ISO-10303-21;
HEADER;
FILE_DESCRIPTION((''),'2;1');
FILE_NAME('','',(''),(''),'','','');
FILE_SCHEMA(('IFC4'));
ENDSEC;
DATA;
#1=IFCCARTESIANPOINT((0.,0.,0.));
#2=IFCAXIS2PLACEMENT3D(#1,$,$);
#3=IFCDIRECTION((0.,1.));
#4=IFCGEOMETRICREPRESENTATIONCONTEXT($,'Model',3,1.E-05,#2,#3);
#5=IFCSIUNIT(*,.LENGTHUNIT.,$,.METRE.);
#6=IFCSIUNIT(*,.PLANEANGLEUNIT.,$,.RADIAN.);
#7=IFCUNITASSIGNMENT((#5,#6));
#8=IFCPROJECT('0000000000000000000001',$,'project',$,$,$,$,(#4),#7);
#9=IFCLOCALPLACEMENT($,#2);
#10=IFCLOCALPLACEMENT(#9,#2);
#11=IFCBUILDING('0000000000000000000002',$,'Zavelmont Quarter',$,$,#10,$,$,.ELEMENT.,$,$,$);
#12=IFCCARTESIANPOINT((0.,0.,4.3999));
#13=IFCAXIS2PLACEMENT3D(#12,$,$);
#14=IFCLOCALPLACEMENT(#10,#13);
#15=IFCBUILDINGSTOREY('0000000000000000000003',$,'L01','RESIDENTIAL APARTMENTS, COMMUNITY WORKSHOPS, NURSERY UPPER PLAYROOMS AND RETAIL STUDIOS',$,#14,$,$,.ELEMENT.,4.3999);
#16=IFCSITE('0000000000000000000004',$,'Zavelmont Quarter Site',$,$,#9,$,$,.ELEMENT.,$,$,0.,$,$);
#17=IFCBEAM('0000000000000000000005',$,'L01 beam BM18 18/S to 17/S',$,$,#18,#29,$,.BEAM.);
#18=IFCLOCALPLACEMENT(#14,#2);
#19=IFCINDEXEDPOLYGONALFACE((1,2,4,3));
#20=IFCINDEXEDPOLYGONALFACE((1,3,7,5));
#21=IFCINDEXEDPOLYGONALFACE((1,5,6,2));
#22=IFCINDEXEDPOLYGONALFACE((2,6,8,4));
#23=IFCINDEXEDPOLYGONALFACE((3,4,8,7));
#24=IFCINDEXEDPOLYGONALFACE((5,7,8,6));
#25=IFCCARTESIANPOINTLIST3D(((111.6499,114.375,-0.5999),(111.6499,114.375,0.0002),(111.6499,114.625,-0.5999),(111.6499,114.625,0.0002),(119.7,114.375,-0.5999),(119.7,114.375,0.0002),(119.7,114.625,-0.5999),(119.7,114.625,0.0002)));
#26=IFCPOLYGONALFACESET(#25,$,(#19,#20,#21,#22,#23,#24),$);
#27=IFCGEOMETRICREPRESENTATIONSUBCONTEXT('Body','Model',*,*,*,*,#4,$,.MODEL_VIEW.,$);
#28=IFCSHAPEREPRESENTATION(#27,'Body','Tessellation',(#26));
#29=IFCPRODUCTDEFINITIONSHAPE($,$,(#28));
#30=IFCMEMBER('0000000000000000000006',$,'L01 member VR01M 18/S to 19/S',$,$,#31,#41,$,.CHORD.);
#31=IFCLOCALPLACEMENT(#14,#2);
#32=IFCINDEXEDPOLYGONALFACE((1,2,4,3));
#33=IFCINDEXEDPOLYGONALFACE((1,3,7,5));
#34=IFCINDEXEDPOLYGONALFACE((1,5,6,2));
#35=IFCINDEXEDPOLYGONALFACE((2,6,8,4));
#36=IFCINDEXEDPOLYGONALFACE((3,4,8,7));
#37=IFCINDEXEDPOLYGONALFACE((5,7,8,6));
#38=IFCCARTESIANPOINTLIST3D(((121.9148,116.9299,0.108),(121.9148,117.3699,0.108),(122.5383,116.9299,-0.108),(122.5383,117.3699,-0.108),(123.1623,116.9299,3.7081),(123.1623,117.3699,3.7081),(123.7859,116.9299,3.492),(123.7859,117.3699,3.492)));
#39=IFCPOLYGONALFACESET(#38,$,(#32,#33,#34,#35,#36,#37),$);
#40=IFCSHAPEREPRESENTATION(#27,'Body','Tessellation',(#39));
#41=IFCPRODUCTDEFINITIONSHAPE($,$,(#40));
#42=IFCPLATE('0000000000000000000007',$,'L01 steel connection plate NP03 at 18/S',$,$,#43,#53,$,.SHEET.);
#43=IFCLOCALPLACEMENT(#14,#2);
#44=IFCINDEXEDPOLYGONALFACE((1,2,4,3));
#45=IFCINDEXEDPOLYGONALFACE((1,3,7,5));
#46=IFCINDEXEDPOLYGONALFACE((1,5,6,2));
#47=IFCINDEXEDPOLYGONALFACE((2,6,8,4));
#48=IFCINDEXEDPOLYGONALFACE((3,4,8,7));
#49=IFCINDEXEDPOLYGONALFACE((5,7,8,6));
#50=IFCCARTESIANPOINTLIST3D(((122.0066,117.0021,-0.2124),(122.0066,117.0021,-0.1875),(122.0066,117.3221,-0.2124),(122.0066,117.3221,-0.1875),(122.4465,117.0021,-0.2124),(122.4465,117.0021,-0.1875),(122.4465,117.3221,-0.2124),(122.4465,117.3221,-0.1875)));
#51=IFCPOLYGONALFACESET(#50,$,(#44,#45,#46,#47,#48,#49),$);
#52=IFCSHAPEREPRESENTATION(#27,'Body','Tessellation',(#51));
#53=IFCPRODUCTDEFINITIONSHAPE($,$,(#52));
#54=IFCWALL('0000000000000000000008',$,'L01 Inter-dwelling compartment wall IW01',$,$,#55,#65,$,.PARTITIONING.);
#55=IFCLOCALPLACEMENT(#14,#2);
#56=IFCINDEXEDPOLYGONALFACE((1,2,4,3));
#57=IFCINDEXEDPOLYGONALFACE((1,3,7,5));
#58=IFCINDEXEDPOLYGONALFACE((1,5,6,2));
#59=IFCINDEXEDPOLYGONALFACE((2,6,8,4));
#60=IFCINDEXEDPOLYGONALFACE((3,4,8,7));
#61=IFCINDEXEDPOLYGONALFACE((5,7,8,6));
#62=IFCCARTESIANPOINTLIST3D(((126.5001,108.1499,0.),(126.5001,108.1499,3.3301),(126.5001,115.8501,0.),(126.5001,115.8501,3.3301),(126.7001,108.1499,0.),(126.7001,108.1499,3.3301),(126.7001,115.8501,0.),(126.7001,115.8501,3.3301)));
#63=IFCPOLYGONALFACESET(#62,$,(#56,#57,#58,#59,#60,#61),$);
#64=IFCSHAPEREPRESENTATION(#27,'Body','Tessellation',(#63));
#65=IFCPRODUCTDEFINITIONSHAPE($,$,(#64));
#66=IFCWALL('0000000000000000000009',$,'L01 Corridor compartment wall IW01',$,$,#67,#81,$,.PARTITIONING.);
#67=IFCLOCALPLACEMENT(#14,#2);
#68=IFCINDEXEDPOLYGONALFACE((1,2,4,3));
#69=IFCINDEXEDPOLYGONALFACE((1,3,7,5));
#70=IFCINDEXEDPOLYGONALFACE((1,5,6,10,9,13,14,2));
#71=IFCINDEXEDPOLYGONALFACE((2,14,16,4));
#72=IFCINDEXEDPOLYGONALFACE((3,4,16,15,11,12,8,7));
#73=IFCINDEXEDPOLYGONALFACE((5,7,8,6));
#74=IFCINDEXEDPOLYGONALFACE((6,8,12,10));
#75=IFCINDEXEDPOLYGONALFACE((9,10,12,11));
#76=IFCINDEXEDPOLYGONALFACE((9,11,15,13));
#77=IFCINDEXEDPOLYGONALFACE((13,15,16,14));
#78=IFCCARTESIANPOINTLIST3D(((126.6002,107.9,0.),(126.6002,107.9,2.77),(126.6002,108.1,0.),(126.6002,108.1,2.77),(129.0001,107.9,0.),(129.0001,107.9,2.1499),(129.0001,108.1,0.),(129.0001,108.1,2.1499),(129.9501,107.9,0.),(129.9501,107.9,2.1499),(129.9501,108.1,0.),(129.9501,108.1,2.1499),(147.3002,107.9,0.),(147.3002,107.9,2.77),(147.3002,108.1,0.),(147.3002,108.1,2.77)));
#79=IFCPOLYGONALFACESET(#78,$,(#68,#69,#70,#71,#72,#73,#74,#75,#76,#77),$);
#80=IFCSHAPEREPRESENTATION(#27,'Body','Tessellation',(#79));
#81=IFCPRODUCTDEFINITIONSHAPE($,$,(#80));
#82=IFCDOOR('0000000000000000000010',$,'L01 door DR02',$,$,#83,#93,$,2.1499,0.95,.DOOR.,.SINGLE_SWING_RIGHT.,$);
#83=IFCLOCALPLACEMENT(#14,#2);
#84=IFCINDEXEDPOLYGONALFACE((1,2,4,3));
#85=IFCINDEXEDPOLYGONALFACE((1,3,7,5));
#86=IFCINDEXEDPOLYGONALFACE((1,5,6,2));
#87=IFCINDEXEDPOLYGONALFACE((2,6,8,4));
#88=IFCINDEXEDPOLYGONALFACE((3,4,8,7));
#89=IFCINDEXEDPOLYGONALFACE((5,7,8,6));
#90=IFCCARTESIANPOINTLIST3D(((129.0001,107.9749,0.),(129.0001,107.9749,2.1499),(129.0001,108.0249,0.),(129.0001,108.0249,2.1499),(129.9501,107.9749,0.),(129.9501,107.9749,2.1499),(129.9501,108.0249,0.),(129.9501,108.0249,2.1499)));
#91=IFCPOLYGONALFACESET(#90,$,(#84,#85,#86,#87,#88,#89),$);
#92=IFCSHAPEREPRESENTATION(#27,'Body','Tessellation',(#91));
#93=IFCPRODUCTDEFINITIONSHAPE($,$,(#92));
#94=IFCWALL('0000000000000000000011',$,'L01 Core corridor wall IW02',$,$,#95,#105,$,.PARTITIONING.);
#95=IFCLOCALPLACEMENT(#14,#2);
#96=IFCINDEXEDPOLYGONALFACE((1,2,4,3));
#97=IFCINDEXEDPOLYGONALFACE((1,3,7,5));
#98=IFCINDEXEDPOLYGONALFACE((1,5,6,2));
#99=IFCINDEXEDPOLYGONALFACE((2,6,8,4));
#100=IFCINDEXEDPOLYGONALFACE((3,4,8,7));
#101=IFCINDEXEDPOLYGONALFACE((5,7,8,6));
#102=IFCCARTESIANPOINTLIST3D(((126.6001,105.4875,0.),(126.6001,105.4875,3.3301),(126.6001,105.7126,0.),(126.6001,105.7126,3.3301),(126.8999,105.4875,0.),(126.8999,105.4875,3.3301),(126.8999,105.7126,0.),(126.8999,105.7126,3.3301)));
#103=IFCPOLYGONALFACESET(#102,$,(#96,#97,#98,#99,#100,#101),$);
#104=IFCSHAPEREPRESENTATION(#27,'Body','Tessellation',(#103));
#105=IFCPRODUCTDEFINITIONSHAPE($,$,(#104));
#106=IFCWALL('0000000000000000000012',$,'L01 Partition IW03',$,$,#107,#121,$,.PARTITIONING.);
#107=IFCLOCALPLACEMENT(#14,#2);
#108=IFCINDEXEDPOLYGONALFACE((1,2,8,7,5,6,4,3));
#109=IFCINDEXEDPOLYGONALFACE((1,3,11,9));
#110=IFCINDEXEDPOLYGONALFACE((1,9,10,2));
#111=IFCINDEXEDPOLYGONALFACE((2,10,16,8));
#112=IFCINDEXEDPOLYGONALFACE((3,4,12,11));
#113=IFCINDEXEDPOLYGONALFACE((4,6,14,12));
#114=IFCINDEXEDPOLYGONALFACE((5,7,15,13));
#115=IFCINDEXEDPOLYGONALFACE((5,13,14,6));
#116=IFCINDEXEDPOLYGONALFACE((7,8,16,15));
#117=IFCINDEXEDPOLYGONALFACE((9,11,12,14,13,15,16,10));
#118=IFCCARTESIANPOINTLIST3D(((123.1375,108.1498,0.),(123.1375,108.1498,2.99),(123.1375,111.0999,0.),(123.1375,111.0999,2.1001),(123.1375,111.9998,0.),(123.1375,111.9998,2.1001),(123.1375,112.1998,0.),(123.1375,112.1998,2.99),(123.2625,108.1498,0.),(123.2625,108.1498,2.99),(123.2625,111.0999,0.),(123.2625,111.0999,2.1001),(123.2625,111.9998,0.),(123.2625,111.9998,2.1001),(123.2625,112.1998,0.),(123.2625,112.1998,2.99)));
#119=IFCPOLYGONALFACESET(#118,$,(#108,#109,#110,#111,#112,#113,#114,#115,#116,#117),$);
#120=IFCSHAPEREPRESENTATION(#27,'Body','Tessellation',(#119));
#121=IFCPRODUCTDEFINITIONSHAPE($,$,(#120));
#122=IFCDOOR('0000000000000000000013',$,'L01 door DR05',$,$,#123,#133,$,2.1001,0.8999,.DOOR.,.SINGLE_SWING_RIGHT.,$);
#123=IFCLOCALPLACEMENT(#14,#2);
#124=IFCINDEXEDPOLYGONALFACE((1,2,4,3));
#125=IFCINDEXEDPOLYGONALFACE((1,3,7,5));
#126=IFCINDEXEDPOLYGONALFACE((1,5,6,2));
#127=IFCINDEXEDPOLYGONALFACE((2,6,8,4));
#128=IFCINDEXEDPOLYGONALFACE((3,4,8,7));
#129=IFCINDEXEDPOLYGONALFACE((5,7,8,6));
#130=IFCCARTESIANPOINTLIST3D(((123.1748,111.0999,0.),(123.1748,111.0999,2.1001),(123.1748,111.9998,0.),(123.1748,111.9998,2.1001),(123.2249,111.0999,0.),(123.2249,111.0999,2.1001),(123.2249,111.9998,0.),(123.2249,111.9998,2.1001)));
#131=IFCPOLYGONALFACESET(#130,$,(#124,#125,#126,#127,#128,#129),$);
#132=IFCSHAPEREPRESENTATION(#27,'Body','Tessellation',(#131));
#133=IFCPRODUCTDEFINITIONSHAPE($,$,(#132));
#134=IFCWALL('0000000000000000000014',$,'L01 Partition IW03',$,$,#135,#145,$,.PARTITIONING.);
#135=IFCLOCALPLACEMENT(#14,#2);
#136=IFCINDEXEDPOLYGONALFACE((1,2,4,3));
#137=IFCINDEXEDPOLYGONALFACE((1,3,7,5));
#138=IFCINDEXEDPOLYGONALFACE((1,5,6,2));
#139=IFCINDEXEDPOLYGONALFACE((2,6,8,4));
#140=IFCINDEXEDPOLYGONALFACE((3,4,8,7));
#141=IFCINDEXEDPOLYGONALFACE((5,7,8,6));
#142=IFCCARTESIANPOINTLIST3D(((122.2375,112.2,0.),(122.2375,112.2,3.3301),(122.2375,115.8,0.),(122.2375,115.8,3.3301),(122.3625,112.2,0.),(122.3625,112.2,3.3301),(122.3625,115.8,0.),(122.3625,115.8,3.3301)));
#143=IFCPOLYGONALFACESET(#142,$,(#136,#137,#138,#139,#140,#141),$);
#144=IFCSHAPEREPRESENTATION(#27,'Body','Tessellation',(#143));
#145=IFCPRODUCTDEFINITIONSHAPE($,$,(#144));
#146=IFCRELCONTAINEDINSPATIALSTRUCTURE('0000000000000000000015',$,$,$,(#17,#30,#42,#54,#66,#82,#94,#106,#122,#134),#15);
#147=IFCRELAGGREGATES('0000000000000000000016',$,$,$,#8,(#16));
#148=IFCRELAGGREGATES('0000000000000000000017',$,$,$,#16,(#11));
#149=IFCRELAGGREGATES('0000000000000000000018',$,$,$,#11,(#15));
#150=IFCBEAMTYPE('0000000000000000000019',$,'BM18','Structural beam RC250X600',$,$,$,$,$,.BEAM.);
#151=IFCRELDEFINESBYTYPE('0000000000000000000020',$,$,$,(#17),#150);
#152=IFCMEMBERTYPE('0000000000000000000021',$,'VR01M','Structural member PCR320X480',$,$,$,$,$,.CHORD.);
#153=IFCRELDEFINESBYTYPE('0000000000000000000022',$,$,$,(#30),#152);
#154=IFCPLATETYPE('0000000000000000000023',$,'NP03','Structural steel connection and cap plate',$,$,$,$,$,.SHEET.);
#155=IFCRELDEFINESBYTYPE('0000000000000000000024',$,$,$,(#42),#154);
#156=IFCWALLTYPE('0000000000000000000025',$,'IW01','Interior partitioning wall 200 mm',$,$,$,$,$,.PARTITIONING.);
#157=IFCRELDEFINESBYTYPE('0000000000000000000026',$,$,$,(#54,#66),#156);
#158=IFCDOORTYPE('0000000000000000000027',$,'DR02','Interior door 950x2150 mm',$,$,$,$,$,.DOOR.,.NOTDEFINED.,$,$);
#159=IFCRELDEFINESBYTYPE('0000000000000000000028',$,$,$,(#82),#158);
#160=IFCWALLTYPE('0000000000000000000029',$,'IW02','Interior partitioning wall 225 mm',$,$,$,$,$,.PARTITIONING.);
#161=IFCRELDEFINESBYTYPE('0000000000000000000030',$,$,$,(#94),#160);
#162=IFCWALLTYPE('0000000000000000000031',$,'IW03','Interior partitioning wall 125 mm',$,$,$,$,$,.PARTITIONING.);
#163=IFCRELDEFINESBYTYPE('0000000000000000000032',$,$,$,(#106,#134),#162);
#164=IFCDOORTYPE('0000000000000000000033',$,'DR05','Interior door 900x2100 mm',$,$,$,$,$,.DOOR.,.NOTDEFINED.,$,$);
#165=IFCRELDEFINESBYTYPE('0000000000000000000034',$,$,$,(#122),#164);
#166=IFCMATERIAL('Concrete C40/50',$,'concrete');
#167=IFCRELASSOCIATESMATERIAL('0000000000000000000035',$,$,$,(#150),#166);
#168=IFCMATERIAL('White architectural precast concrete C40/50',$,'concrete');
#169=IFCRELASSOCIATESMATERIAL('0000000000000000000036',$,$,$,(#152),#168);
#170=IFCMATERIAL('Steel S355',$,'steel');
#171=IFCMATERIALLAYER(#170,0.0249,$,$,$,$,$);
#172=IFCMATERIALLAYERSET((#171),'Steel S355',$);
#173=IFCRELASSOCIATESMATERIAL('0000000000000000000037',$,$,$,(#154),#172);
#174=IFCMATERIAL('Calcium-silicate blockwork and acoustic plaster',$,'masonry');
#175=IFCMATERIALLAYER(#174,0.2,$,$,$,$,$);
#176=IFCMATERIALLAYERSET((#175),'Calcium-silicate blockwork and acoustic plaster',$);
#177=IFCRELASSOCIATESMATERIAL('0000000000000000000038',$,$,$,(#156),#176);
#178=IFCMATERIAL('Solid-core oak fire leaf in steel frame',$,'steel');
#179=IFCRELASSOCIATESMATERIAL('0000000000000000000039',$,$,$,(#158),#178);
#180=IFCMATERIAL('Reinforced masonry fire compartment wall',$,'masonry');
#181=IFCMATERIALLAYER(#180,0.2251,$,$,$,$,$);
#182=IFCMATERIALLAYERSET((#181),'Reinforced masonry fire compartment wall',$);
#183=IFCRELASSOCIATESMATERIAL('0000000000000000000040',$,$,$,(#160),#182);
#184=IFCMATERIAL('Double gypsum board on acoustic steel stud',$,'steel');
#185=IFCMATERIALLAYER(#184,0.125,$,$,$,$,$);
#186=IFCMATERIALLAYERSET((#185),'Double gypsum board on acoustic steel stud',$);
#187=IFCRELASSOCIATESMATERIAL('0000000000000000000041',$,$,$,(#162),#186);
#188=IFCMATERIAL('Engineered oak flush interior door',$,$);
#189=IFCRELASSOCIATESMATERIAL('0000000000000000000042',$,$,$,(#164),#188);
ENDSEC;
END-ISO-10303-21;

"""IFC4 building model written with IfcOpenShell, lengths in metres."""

from ifc_helpers import new_model, si_unit, direction, frame, frame_2d, origin, origin_with_axes, origin_2d, place, context, subcontext, project, spatial, rectangle, extrude, material, layer, layer_set, material_profile, profile_set, type_object, element, fill, save


model = new_model("IFC4")

# Units and contexts
model_context = context("Model", 3, precision=1e-05, world=origin(), true_north=direction((0.0, 1.0)))
body_context = subcontext(model_context, "Body", "Model", "MODEL_VIEW")
ifc_project = project(units=[si_unit("LENGTHUNIT", "METRE"), si_unit("PLANEANGLEUNIT", "RADIAN")], contexts=[model_context])

# Site, building, storey
site_placement = place(None, origin())
site = spatial("IfcSite", under=ifc_project, at=site_placement, Name="Zavelmont Quarter Site", CompositionType="ELEMENT", RefElevation=0.0)
building_placement = place(site_placement, origin())
building = spatial("IfcBuilding", under=site, at=building_placement, Name="Zavelmont Quarter", CompositionType="ELEMENT")
storey_placement = place(building_placement, frame((0.0, 0.0, 4.3999)))
storey = spatial("IfcBuildingStorey", under=building, at=storey_placement, Name="L01", Description="RESIDENTIAL APARTMENTS, COMMUNITY WORKSHOPS, NURSERY UPPER PLAYROOMS AND RETAIL STUDIOS", CompositionType="ELEMENT", Elevation=4.3999)

# Shared definitions
ifc_material_1 = material(Name="Concrete C40/50", Category="concrete")

# Beam
ifc_material_2 = material(Name="Steel S355", Category="steel")
ifc_material_profile_1 = material_profile(ifc_material_1, rectangle(XDim=0.25, YDim=0.6001, at=origin_2d()), Name="RC250X600")
ifc_profile_set_1 = profile_set([ifc_material_profile_1], Name="Concrete C40/50")
beam_type_1 = type_object("IfcBeamType", Name="BM18", Description="Structural beam RC250X600", PredefinedType="BEAM", material=ifc_profile_set_1)
beam_1_placement = place(storey_placement, frame((119.7, 114.5, -0.2998), z_axis=(-1.0, 0.0, 0.0), x_axis=(0.0, -1.0, 0.0)))
element("IfcBeam", 1, at=beam_1_placement, inside=storey, type_object=beam_type_1, Name="L01 beam BM18 18/S to 17/S", PredefinedType="BEAM", context=body_context, shape_type="SweptSolid", body=[
    extrude(rectangle(XDim=0.25, YDim=0.6001, at=origin_2d()), origin(), (0.0, 0.0, 1.0), 8.05),
])

# Member
ifc_material_3 = material(Name="White architectural precast concrete C40/50", Category="concrete")
ifc_material_profile_2 = material_profile(ifc_material_3, rectangle(XDim=0.4399, YDim=0.6599, at=origin_2d()), Name="PCR320X480")
ifc_profile_set_2 = profile_set([ifc_material_profile_2], Name="White architectural precast concrete C40/50")
member_type = type_object("IfcMemberType", Name="VR01M", Description="Structural member PCR320X480", PredefinedType="CHORD", material=ifc_profile_set_2)
member_placement = place(storey_placement, frame((122.2266, 117.1499, 0.0), z_axis=(0.327432, 0.0, 0.944875), x_axis=(0.0, 1.0, 0.0)))
element("IfcMember", 2, at=member_placement, inside=storey, type_object=member_type, Name="L01 member VR01M 18/S to 19/S", PredefinedType="CHORD", context=body_context, shape_type="SweptSolid", body=[
    extrude(rectangle(XDim=0.4399, YDim=0.6599, at=origin_2d()), origin(), (0.0, 0.0, 1.0), 3.8101),
])

# Plate
ifc_layer_1 = layer(ifc_material_2, 0.0249)
ifc_layer_set_1 = layer_set([ifc_layer_1], Name="Steel S355")
plate_type = type_object("IfcPlateType", Name="NP03", Description="Structural steel connection and cap plate", PredefinedType="SHEET", material=ifc_layer_set_1)
plate_placement = place(storey_placement, frame((122.2266, 117.1621, -0.2124), z_axis=(0.0, 0.0, 1.0), x_axis=(1.0, 0.0, 0.0)))
element("IfcPlate", 3, at=plate_placement, inside=storey, type_object=plate_type, Name="L01 steel connection plate NP03 at 18/S", PredefinedType="SHEET", context=body_context, shape_type="SweptSolid", body=[
    extrude(rectangle(XDim=0.4399, YDim=0.3201, at=origin_2d()), origin(), (0.0, 0.0, 1.0), 0.0249),
])

# Wall
ifc_material_4 = material(Name="Calcium-silicate blockwork and acoustic plaster", Category="masonry")
ifc_layer_2 = layer(ifc_material_4, 0.2)
ifc_layer_set_2 = layer_set([ifc_layer_2], Name="Calcium-silicate blockwork and acoustic plaster")
wall_type_1 = type_object("IfcWallType", Name="IW01", Description="Interior partitioning wall 200 mm", PredefinedType="PARTITIONING", material=ifc_layer_set_2)
wall_1_placement = place(storey_placement, frame((126.6001, 108.1499, 0.0), z_axis=(0.0, 0.0, 1.0), x_axis=(0.0, 1.0, 0.0)))
element("IfcWall", 4, at=wall_1_placement, inside=storey, type_object=wall_type_1, Name="L01 Inter-dwelling compartment wall IW01", PredefinedType="PARTITIONING", context=body_context, shape_type="SweptSolid", body=[
    extrude(rectangle(XDim=7.7002, YDim=0.2, at=frame_2d((3.8501, 0.0))), origin(), (0.0, 0.0, 1.0), 3.3301),
])

# Wall, opening, door
wall_2_placement = place(storey_placement, frame((126.6001, 108.0, 0.0), z_axis=(0.0, 0.0, 1.0), x_axis=(1.0, 0.0, 0.0)))
wall_2 = element("IfcWall", 5, at=wall_2_placement, inside=storey, type_object=wall_type_1, Name="L01 Corridor compartment wall IW01", PredefinedType="PARTITIONING", context=body_context, shape_type="SweptSolid", body=[
    extrude(rectangle(XDim=20.7, YDim=0.2, at=frame_2d((10.3501, 0.0))), origin(), (0.0, 0.0, 1.0), 2.77),
])
opening_1_placement = place(wall_2_placement, frame((2.3999, 0.0, 0.0)))
opening_1 = element("IfcOpeningElement", 6, at=opening_1_placement, cuts=wall_2, PredefinedType="OPENING", context=body_context, shape_type="SweptSolid", body=[
    extrude(rectangle(XDim=0.95, YDim=2.1499, at=frame_2d((0.4751, 1.075))), frame((0.0, 0.1118, 0.0), z_axis=(0.0, -1.0, 0.0), x_axis=(1.0, 0.0, 0.0)), (0.0, 0.0, 1.0), 0.2239),
])
ifc_material_5 = material(Name="Solid-core oak fire leaf in steel frame", Category="steel")
door_type_1 = type_object("IfcDoorType", Name="DR02", Description="Interior door 950x2150 mm", OperationType="NOTDEFINED", PredefinedType="DOOR", material=ifc_material_5)
door_1_placement = place(opening_1_placement, origin_with_axes())
door_1 = element("IfcDoor", 7, at=door_1_placement, inside=storey, type_object=door_type_1, Name="L01 door DR02", OperationType="SINGLE_SWING_RIGHT", OverallHeight=2.1499, OverallWidth=0.95, PredefinedType="DOOR", context=body_context, shape_type="SweptSolid", body=[
    extrude(rectangle(XDim=0.95, YDim=2.1499, at=frame_2d((0.4751, 1.075))), frame((0.0, 0.0249, 0.0), z_axis=(0.0, -1.0, 0.0), x_axis=(1.0, 0.0, 0.0)), (0.0, 0.0, 1.0), 0.05),
])
fill(opening_1, door_1)

# Wall
ifc_material_6 = material(Name="Reinforced masonry fire compartment wall", Category="masonry")
ifc_layer_3 = layer(ifc_material_6, 0.2251)
ifc_layer_set_3 = layer_set([ifc_layer_3], Name="Reinforced masonry fire compartment wall")
wall_type_2 = type_object("IfcWallType", Name="IW02", Description="Interior partitioning wall 225 mm", PredefinedType="PARTITIONING", material=ifc_layer_set_3)
wall_3_placement = place(storey_placement, frame((126.6001, 105.6001, 0.0), z_axis=(0.0, 0.0, 1.0), x_axis=(1.0, 0.0, 0.0)))
element("IfcWall", 8, at=wall_3_placement, inside=storey, type_object=wall_type_2, Name="L01 Core corridor wall IW02", PredefinedType="PARTITIONING", context=body_context, shape_type="SweptSolid", body=[
    extrude(rectangle(XDim=0.2998, YDim=0.2251, at=frame_2d((0.1499, 0.0))), origin(), (0.0, 0.0, 1.0), 3.3301),
])

# Wall, opening, door
ifc_material_7 = material(Name="Double gypsum board on acoustic steel stud", Category="steel")
ifc_layer_4 = layer(ifc_material_7, 0.125)
ifc_layer_set_4 = layer_set([ifc_layer_4], Name="Double gypsum board on acoustic steel stud")
wall_type_3 = type_object("IfcWallType", Name="IW03", Description="Interior partitioning wall 125 mm", PredefinedType="PARTITIONING", material=ifc_layer_set_4)
wall_4_placement = place(storey_placement, frame((123.2, 108.1499, 0.0), z_axis=(0.0, 0.0, 1.0), x_axis=(0.0, 1.0, 0.0)))
wall_4 = element("IfcWall", 9, at=wall_4_placement, inside=storey, type_object=wall_type_3, Name="L01 Partition IW03", PredefinedType="PARTITIONING", context=body_context, shape_type="SweptSolid", body=[
    extrude(rectangle(XDim=4.05, YDim=0.125, at=frame_2d((2.0249, 0.0))), origin(), (0.0, 0.0, 1.0), 2.99),
])
opening_2_placement = place(wall_4_placement, frame((2.95, 0.0, 0.0)))
opening_2 = element("IfcOpeningElement", 10, at=opening_2_placement, cuts=wall_4, PredefinedType="OPENING", context=body_context, shape_type="SweptSolid", body=[
    extrude(rectangle(XDim=0.8999, YDim=2.1001, at=frame_2d((0.45, 1.05))), frame((0.0, 0.0745, 0.0), z_axis=(0.0, -1.0, 0.0), x_axis=(1.0, 0.0, 0.0)), (0.0, 0.0, 1.0), 0.1489),
])
ifc_material_8 = material(Name="Engineered oak flush interior door")
door_type_2 = type_object("IfcDoorType", Name="DR05", Description="Interior door 900x2100 mm", OperationType="NOTDEFINED", PredefinedType="DOOR", material=ifc_material_8)
door_2_placement = place(opening_2_placement, frame((0.8999, 0.0, 0.0), z_axis=(0.0, 0.0, 1.0), x_axis=(-1.0, 0.0, 0.0)))
door_2 = element("IfcDoor", 11, at=door_2_placement, inside=storey, type_object=door_type_2, Name="L01 door DR05", OperationType="SINGLE_SWING_RIGHT", OverallHeight=2.1001, OverallWidth=0.8999, PredefinedType="DOOR", context=body_context, shape_type="SweptSolid", body=[
    extrude(rectangle(XDim=0.8999, YDim=2.1001, at=frame_2d((0.45, 1.05))), frame((0.0, 0.0249, 0.0), z_axis=(0.0, -1.0, 0.0), x_axis=(1.0, 0.0, 0.0)), (0.0, 0.0, 1.0), 0.05),
])
fill(opening_2, door_2)

# Wall
wall_5_placement = place(storey_placement, frame((122.3, 112.2, 0.0), z_axis=(0.0, 0.0, 1.0), x_axis=(0.0, 1.0, 0.0)))
element("IfcWall", 12, at=wall_5_placement, inside=storey, type_object=wall_type_3, Name="L01 Partition IW03", PredefinedType="PARTITIONING", context=body_context, shape_type="SweptSolid", body=[
    extrude(rectangle(XDim=3.6001, YDim=0.125, at=frame_2d((1.8, 0.0))), origin(), (0.0, 0.0, 1.0), 3.3301),
])

save(model, "model.ifc")
